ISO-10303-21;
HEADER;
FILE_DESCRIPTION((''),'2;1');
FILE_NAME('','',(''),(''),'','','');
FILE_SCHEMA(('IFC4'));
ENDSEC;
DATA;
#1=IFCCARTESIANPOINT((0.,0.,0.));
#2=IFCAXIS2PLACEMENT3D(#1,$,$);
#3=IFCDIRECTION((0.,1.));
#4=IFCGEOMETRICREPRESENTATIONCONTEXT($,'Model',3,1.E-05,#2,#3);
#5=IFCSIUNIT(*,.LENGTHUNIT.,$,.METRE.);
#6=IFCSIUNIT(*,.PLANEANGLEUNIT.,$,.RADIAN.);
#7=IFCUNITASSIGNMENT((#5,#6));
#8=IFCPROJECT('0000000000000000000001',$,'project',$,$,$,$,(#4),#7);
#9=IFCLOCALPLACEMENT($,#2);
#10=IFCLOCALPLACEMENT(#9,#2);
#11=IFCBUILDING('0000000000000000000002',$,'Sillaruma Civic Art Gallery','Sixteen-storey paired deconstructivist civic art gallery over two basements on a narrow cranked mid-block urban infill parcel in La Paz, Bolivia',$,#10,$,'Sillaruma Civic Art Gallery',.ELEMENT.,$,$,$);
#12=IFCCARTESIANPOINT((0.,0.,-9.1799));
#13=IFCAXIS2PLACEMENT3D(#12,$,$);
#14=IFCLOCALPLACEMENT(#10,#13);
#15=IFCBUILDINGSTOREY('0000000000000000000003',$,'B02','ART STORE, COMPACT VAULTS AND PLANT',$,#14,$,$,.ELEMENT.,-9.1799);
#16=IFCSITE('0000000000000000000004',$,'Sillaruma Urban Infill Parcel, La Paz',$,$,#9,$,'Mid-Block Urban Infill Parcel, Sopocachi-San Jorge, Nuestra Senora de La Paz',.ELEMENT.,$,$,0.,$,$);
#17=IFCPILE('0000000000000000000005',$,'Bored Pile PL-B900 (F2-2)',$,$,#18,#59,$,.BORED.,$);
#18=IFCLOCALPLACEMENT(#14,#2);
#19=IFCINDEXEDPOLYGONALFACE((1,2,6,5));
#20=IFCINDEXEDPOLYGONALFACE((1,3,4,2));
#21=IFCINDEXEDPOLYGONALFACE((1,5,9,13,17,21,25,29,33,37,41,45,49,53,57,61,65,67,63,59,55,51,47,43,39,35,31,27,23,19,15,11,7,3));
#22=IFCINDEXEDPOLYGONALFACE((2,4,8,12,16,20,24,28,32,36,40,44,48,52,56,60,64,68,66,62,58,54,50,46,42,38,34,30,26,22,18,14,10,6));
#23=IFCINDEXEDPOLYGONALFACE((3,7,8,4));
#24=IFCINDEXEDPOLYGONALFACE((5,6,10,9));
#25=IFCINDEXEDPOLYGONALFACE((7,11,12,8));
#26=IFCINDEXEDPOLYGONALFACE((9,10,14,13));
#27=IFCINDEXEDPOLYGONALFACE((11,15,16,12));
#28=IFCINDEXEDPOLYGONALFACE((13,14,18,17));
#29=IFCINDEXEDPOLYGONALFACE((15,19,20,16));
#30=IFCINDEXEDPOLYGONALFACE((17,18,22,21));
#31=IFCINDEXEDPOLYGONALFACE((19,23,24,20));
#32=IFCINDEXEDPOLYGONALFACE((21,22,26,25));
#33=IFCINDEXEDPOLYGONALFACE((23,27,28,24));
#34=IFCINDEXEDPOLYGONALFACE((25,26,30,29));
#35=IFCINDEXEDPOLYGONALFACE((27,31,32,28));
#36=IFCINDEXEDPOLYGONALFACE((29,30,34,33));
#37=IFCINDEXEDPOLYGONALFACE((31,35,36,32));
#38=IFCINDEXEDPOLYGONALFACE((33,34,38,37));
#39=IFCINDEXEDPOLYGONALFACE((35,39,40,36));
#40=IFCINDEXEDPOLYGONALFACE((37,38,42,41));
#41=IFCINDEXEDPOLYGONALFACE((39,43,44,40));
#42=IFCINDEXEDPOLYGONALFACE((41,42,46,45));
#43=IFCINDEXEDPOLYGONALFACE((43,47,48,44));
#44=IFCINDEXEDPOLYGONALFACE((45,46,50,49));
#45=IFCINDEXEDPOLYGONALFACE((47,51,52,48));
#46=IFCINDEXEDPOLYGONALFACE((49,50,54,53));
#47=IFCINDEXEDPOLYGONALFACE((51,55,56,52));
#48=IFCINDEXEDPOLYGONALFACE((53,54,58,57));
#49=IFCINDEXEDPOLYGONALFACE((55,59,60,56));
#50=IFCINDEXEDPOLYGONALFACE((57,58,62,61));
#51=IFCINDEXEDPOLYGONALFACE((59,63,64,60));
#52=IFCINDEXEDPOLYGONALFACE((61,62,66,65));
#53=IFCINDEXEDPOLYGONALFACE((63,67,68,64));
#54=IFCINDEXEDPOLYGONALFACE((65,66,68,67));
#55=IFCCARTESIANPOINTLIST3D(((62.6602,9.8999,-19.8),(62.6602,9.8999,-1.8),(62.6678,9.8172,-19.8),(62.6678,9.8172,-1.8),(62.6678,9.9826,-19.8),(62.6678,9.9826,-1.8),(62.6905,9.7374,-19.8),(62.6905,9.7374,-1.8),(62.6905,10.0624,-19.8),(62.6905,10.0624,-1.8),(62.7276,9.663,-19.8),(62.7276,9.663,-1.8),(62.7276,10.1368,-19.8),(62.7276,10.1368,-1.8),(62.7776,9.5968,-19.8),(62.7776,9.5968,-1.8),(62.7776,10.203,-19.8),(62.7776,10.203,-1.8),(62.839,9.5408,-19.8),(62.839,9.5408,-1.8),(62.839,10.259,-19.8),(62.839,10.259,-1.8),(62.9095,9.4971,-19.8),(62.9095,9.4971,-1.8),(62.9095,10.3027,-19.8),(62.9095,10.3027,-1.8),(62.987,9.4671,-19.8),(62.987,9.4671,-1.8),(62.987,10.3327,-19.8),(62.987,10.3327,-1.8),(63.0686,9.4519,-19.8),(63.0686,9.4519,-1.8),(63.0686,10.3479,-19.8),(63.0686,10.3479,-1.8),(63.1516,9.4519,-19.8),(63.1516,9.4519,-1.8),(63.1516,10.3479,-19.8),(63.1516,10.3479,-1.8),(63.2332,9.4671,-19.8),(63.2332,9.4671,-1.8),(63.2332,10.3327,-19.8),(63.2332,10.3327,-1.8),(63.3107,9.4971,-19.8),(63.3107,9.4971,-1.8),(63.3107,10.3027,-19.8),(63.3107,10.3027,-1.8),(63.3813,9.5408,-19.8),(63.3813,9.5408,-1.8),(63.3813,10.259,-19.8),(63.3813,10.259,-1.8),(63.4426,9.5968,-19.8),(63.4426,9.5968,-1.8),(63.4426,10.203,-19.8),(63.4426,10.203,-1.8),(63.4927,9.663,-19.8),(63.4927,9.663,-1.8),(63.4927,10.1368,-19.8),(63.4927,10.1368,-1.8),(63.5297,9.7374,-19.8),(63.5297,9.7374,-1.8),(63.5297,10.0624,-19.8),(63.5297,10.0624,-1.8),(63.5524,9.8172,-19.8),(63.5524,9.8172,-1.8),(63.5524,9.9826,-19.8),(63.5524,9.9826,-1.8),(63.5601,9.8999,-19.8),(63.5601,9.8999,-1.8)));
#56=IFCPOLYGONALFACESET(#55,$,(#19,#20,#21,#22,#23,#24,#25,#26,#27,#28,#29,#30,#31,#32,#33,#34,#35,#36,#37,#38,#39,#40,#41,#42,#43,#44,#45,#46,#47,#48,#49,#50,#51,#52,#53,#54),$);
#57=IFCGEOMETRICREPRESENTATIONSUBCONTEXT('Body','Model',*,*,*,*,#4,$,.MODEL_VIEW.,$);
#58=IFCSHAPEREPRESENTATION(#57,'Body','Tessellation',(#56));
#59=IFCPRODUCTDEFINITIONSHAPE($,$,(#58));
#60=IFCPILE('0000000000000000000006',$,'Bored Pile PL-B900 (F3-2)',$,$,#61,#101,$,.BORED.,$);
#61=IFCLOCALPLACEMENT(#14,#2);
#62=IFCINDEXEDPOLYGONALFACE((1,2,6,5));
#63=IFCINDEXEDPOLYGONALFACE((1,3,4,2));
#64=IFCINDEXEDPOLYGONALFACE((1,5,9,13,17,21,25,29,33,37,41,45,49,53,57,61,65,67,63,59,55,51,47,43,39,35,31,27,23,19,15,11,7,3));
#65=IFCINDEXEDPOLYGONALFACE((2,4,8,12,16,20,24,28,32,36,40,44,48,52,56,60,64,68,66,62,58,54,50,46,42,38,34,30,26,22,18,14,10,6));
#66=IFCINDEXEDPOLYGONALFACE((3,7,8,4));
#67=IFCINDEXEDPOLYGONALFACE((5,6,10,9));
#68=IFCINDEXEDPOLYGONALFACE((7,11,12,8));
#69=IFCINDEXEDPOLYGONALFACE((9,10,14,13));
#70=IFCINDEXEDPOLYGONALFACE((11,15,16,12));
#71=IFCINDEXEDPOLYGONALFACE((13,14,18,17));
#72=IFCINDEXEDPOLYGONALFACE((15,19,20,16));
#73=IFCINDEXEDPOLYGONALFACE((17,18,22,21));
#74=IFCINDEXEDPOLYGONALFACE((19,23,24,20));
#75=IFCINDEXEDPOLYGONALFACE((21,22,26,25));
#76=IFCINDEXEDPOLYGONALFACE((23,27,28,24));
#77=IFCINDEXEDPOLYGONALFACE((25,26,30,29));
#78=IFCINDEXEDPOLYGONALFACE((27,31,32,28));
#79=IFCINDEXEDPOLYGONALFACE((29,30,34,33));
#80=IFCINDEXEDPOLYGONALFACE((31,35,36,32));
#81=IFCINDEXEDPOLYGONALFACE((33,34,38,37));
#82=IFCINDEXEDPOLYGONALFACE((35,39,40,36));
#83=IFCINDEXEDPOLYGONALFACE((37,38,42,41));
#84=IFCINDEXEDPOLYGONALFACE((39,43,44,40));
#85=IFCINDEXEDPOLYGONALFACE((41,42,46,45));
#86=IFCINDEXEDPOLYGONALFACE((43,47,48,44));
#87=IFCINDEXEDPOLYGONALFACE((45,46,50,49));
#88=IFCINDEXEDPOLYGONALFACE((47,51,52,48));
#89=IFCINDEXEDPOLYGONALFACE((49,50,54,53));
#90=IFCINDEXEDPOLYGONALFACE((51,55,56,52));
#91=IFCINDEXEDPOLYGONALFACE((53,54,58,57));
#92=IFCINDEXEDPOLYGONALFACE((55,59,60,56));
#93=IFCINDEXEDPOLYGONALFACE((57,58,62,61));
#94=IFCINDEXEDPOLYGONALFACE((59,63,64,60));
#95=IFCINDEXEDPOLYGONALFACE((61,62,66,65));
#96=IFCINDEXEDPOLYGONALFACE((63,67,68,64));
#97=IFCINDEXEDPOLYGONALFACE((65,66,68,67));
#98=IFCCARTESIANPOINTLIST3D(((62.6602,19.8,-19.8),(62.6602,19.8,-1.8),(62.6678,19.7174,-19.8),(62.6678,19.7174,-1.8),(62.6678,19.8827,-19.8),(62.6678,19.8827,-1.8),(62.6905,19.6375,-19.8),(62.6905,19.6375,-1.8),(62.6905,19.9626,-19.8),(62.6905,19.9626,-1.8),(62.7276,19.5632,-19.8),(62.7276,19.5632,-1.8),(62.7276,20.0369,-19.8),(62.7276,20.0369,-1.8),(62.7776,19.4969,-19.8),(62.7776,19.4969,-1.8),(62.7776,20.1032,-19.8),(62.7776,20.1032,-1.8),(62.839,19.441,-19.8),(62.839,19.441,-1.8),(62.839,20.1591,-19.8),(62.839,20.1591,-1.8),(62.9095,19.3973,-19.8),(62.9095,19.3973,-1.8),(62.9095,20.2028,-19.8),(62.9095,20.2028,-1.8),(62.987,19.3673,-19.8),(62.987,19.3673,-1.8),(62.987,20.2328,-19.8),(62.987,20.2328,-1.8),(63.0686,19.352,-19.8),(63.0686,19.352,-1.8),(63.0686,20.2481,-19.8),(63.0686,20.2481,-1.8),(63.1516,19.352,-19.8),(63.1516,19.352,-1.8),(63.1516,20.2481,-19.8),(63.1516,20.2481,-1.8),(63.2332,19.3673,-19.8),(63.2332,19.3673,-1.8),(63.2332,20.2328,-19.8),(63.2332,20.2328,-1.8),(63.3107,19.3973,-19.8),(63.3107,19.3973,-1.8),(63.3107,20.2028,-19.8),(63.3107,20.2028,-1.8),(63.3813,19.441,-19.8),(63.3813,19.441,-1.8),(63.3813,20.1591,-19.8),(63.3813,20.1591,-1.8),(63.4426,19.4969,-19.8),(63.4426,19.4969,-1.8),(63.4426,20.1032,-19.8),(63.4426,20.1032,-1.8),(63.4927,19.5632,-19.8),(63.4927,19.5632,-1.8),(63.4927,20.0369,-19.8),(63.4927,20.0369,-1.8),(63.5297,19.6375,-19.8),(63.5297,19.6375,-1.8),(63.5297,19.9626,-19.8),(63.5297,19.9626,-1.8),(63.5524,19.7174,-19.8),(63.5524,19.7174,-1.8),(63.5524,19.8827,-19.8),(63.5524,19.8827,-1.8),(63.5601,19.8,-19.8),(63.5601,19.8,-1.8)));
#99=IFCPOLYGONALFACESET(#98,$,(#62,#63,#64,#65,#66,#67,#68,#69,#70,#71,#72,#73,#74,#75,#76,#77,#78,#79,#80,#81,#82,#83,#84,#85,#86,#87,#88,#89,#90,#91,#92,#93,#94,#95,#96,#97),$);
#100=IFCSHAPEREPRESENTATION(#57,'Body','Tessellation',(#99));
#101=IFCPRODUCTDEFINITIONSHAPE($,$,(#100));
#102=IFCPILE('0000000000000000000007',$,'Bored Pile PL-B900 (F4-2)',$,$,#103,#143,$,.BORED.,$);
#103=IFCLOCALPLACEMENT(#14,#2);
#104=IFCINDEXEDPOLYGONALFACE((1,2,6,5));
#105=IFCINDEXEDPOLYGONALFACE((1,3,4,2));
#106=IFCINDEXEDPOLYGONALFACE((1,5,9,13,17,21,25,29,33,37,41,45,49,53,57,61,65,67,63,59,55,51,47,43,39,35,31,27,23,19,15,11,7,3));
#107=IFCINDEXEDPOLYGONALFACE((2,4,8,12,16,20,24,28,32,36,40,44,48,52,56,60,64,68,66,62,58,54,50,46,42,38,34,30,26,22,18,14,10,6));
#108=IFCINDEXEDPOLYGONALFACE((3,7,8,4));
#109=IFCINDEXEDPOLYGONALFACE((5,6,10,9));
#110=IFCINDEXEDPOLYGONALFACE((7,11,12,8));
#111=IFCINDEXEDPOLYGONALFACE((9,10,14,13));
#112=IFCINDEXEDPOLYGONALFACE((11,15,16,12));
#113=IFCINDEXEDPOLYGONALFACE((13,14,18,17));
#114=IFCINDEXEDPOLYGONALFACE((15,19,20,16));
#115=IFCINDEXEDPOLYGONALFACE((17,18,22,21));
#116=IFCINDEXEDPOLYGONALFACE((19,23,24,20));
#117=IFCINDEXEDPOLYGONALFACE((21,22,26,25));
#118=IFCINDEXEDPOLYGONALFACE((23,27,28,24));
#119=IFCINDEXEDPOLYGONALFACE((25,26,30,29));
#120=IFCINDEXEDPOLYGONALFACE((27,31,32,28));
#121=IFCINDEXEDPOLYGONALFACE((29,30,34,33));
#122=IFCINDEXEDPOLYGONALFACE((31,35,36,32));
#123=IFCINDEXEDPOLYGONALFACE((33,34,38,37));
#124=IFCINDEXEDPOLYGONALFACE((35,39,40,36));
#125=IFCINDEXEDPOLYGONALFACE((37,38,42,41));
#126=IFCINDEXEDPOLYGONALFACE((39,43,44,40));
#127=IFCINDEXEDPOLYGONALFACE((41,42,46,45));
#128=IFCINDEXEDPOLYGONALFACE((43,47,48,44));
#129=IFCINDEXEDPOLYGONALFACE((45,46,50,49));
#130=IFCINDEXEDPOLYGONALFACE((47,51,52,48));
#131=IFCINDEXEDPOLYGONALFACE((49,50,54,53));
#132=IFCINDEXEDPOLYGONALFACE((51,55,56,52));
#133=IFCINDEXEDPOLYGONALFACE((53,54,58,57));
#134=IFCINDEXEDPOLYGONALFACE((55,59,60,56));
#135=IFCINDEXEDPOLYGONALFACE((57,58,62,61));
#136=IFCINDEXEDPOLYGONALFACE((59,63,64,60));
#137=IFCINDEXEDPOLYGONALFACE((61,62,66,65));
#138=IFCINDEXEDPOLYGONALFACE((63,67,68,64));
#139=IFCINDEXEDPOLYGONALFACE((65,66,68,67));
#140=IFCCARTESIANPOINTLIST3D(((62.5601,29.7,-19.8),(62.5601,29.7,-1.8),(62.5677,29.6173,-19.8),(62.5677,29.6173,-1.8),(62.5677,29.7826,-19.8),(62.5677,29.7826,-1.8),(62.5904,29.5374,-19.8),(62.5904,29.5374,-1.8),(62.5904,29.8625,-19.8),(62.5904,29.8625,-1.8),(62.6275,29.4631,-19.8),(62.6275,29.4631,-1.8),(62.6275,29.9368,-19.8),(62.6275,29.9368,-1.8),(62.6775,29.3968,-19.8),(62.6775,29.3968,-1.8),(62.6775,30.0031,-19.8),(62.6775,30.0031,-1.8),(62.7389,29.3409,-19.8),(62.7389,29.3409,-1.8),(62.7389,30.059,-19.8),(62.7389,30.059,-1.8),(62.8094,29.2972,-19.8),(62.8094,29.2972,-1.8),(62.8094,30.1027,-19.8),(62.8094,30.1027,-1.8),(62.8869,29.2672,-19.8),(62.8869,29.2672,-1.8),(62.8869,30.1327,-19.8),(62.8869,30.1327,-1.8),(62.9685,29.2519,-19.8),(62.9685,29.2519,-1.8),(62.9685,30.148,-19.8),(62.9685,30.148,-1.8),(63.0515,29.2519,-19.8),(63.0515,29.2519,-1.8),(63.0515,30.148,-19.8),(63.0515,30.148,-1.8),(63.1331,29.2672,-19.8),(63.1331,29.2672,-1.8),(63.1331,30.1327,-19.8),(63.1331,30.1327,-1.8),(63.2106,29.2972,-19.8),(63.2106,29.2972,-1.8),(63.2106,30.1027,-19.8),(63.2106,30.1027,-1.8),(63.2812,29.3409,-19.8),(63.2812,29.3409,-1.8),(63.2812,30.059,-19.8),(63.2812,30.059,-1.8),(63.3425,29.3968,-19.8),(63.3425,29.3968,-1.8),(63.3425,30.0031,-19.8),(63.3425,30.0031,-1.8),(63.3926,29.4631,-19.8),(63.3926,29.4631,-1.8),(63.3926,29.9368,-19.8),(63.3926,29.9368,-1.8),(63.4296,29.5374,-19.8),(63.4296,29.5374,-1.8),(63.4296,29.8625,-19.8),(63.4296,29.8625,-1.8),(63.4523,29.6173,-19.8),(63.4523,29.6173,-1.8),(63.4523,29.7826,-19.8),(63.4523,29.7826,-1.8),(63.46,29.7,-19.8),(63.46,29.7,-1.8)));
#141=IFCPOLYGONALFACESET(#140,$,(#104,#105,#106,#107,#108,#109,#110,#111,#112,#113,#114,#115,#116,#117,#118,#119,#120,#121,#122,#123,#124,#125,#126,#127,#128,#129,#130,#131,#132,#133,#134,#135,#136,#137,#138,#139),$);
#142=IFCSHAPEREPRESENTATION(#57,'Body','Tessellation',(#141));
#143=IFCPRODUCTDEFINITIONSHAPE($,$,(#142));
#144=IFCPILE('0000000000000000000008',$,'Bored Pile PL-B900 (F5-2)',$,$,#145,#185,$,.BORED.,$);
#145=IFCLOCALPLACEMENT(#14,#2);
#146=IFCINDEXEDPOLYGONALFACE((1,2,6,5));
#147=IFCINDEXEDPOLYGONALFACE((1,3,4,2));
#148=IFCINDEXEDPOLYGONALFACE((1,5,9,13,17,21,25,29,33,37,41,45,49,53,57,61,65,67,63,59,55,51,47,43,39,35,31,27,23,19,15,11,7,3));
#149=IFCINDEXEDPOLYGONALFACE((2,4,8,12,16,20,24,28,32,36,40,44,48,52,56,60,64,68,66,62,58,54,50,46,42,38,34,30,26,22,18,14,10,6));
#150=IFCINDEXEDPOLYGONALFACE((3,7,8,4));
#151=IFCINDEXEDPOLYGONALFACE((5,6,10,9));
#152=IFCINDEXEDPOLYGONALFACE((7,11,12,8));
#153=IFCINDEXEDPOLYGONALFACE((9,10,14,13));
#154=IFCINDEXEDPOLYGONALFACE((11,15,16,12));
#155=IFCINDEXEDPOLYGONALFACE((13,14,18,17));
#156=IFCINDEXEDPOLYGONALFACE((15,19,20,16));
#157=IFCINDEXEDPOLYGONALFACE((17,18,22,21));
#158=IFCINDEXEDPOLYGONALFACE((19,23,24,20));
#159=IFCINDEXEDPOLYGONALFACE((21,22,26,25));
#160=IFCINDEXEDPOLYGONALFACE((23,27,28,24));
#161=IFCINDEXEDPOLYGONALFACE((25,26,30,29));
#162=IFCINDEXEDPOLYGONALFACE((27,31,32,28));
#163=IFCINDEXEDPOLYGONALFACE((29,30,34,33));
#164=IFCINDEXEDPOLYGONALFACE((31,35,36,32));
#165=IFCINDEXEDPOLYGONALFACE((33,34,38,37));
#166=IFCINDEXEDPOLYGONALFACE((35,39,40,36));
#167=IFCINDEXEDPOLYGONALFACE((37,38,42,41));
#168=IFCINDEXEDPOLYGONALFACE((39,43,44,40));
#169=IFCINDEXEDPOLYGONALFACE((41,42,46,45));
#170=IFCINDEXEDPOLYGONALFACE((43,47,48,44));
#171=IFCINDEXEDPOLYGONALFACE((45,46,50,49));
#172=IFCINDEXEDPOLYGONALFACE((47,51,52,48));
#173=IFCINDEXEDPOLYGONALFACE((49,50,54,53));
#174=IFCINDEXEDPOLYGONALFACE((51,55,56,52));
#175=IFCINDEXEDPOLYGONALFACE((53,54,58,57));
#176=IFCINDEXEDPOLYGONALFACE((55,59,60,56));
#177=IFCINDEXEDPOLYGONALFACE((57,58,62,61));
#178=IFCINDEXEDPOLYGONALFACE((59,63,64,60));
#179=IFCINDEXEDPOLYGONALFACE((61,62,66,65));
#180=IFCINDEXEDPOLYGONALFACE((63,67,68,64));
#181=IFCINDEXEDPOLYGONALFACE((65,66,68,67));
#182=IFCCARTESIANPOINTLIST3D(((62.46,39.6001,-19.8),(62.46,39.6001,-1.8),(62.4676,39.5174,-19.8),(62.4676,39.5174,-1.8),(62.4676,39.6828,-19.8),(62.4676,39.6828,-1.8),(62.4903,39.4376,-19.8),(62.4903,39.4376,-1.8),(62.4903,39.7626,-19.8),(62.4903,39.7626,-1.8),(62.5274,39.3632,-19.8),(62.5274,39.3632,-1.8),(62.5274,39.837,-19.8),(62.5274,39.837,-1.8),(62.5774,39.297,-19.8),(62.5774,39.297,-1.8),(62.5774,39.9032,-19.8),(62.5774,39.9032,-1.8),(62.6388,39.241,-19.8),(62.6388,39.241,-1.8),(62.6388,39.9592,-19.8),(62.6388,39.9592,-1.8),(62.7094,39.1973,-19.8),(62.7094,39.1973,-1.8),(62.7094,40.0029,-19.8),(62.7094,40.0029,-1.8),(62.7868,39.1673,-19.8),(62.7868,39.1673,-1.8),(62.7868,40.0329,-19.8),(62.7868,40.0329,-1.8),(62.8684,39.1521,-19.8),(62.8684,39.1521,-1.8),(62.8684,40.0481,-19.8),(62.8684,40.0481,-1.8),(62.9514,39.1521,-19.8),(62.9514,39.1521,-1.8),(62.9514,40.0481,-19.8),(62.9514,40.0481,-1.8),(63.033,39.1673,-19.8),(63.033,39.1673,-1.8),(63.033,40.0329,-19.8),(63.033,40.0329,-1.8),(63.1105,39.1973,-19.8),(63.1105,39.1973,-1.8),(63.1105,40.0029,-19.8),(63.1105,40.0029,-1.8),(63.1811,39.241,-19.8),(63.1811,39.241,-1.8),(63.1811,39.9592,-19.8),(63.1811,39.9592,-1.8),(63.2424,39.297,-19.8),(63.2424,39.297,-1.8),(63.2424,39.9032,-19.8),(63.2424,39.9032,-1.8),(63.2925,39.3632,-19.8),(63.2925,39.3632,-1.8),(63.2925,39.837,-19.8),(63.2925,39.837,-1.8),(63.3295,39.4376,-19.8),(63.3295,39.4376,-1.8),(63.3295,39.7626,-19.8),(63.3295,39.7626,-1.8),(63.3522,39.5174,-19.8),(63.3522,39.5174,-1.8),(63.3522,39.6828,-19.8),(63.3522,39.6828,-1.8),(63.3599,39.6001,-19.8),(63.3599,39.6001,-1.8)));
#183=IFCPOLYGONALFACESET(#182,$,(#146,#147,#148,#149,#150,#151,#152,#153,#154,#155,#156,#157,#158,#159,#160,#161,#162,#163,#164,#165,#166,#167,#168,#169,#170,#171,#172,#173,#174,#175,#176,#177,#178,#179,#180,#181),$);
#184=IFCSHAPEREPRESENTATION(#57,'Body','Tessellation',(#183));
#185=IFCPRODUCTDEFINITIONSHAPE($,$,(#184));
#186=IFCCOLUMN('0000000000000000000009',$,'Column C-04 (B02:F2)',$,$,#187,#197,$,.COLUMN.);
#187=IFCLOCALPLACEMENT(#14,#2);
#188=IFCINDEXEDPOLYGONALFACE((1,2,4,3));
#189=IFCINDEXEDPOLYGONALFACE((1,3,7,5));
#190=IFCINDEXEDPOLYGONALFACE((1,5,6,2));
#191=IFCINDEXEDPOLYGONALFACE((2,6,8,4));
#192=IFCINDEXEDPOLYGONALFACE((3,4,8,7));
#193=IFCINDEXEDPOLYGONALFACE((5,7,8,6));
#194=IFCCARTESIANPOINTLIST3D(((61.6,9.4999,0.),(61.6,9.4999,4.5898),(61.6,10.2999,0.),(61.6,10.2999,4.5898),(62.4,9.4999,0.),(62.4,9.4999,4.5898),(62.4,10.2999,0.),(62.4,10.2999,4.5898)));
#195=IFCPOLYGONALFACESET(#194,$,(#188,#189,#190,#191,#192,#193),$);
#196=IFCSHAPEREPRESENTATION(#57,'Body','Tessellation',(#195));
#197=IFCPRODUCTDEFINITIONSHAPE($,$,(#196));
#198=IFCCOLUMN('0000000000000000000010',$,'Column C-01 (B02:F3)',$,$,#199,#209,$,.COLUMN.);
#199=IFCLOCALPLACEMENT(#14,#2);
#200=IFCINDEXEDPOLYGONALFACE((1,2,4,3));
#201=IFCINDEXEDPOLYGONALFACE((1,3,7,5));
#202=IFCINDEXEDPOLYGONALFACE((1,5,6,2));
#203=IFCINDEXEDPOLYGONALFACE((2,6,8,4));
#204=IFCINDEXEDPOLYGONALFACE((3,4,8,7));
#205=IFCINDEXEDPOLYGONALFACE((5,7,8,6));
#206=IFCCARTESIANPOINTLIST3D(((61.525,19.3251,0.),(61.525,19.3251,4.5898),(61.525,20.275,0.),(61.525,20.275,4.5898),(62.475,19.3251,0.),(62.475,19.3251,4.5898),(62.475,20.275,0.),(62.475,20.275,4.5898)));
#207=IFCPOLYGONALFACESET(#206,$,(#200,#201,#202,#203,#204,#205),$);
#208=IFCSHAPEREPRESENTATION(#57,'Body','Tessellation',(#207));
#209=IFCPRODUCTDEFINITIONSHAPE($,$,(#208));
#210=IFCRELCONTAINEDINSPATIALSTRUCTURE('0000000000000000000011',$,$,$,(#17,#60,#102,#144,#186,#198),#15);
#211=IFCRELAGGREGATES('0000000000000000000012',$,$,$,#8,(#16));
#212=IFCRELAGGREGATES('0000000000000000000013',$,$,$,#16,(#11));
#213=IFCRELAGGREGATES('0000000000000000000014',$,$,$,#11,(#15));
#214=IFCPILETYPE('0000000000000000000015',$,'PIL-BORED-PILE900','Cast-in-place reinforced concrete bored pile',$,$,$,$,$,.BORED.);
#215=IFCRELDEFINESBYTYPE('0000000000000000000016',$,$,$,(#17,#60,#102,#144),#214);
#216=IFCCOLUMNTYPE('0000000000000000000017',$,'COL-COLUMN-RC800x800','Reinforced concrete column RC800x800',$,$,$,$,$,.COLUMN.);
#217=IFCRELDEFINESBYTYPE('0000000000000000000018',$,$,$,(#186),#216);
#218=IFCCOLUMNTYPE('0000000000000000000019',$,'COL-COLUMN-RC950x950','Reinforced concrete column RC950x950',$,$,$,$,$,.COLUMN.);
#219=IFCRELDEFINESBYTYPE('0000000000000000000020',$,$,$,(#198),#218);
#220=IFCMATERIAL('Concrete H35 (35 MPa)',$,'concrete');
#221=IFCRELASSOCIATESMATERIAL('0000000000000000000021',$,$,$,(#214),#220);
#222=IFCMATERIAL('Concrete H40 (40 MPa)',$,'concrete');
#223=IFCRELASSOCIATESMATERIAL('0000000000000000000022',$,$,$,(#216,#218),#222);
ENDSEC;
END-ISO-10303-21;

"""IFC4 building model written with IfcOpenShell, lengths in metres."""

from ifc_helpers import new_model, si_unit, direction, frame, origin, origin_2d, place, context, subcontext, project, spatial, rectangle, circle, extrude, material, material_profile, profile_set, type_object, element, save


model = new_model("IFC4")

# Units and contexts
model_context = context("Model", 3, precision=1e-05, world=origin(), true_north=direction((0.0, 1.0)))
body_context = subcontext(model_context, "Body", "Model", "MODEL_VIEW")
ifc_project = project(units=[si_unit("LENGTHUNIT", "METRE"), si_unit("PLANEANGLEUNIT", "RADIAN")], contexts=[model_context])

# Site, building, storey
site_placement = place(None, origin())
site = spatial("IfcSite", under=ifc_project, at=site_placement, Name="Sillaruma Urban Infill Parcel, La Paz", LongName="Mid-Block Urban Infill Parcel, Sopocachi-San Jorge, Nuestra Senora de La Paz", CompositionType="ELEMENT", RefElevation=0.0)
building_placement = place(site_placement, origin())
building = spatial("IfcBuilding", under=site, at=building_placement, Name="Sillaruma Civic Art Gallery", Description="Sixteen-storey paired deconstructivist civic art gallery over two basements on a narrow cranked mid-block urban infill parcel in La Paz, Bolivia", LongName="Sillaruma Civic Art Gallery", CompositionType="ELEMENT")
storey_placement = place(building_placement, frame((0.0, 0.0, -9.1799)))
storey = spatial("IfcBuildingStorey", under=building, at=storey_placement, Name="B02", Description="ART STORE, COMPACT VAULTS AND PLANT", CompositionType="ELEMENT", Elevation=-9.1799)

# Shared definitions
ifc_material_1 = material(Name="Concrete H35 (35 MPa)", Category="concrete")

# Piles
ifc_material_profile_1 = material_profile(ifc_material_1, circle(Radius=0.45, at=origin_2d()), Name="PILE900")
ifc_profile_set_1 = profile_set([ifc_material_profile_1], Name="Concrete H35 (35 MPa)")
pile_type = type_object("IfcPileType", Name="PIL-BORED-PILE900", Description="Cast-in-place reinforced concrete bored pile", PredefinedType="BORED", material=ifc_profile_set_1)
for number, where, z_axis, x_axis, name in (
    (1, (63.1101, 9.8999, -1.8), (0.0, 0.0, -1.0), (1.0, 0.0, 0.0), "Bored Pile PL-B900 (F2-2)"),
    (2, (63.1101, 19.8, -1.8), (0.0, 0.0, -1.0), (1.0, 0.0, 0.0), "Bored Pile PL-B900 (F3-2)"),
    (3, (63.01, 29.7, -1.8), (0.0, 0.0, -1.0), (1.0, 0.0, 0.0), "Bored Pile PL-B900 (F4-2)"),
    (4, (62.9099, 39.6001, -1.8), (0.0, 0.0, -1.0), (1.0, 0.0, 0.0), "Bored Pile PL-B900 (F5-2)"),
):
    element("IfcPile", number, at=place(storey_placement, frame(where, z_axis=z_axis, x_axis=x_axis)), inside=storey, type_object=pile_type, Name=name, PredefinedType="BORED", context=body_context, shape_type="SweptSolid", body=[
        extrude(circle(Radius=0.45, at=origin_2d()), origin(), (0.0, 0.0, 1.0), 18.0),
    ])

# Columns
ifc_material_2 = material(Name="Concrete H40 (40 MPa)", Category="concrete")
ifc_material_profile_2 = material_profile(ifc_material_2, rectangle(XDim=0.8, YDim=0.8, at=origin_2d()), Name="RC800x800")
ifc_profile_set_2 = profile_set([ifc_material_profile_2], Name="Concrete H40 (40 MPa)")
column_type_1 = type_object("IfcColumnType", Name="COL-COLUMN-RC800x800", Description="Reinforced concrete column RC800x800", PredefinedType="COLUMN", material=ifc_profile_set_2)
column_placement = place(storey_placement, frame((62.0, 9.8999, 0.0), z_axis=(0.0, 0.0, 1.0), x_axis=(1.0, 0.0, 0.0)))
element("IfcColumn", 5, at=column_placement, inside=storey, type_object=column_type_1, Name="Column C-04 (B02:F2)", PredefinedType="COLUMN", context=body_context, shape_type="SweptSolid", body=[
    extrude(rectangle(XDim=0.8, YDim=0.8, at=origin_2d()), origin(), (0.0, 0.0, 1.0), 4.5898),
])
ifc_material_profile_3 = material_profile(ifc_material_2, rectangle(XDim=0.95, YDim=0.95, at=origin_2d()), Name="RC950x950")
ifc_profile_set_3 = profile_set([ifc_material_profile_3], Name="Concrete H40 (40 MPa)")
column_type_2 = type_object("IfcColumnType", Name="COL-COLUMN-RC950x950", Description="Reinforced concrete column RC950x950", PredefinedType="COLUMN", material=ifc_profile_set_3)
for number, where, z_axis, x_axis, name in (
    (6, (62.0, 19.8, 0.0), (0.0, 0.0, 1.0), (1.0, 0.0, 0.0), "Column C-01 (B02:F3)"),
):
    element("IfcColumn", number, at=place(storey_placement, frame(where, z_axis=z_axis, x_axis=x_axis)), inside=storey, type_object=column_type_2, Name=name, PredefinedType="COLUMN", context=body_context, shape_type="SweptSolid", body=[
        extrude(rectangle(XDim=0.95, YDim=0.95, at=origin_2d()), origin(), (0.0, 0.0, 1.0), 4.5898),
    ])

save(model, "model.ifc")
